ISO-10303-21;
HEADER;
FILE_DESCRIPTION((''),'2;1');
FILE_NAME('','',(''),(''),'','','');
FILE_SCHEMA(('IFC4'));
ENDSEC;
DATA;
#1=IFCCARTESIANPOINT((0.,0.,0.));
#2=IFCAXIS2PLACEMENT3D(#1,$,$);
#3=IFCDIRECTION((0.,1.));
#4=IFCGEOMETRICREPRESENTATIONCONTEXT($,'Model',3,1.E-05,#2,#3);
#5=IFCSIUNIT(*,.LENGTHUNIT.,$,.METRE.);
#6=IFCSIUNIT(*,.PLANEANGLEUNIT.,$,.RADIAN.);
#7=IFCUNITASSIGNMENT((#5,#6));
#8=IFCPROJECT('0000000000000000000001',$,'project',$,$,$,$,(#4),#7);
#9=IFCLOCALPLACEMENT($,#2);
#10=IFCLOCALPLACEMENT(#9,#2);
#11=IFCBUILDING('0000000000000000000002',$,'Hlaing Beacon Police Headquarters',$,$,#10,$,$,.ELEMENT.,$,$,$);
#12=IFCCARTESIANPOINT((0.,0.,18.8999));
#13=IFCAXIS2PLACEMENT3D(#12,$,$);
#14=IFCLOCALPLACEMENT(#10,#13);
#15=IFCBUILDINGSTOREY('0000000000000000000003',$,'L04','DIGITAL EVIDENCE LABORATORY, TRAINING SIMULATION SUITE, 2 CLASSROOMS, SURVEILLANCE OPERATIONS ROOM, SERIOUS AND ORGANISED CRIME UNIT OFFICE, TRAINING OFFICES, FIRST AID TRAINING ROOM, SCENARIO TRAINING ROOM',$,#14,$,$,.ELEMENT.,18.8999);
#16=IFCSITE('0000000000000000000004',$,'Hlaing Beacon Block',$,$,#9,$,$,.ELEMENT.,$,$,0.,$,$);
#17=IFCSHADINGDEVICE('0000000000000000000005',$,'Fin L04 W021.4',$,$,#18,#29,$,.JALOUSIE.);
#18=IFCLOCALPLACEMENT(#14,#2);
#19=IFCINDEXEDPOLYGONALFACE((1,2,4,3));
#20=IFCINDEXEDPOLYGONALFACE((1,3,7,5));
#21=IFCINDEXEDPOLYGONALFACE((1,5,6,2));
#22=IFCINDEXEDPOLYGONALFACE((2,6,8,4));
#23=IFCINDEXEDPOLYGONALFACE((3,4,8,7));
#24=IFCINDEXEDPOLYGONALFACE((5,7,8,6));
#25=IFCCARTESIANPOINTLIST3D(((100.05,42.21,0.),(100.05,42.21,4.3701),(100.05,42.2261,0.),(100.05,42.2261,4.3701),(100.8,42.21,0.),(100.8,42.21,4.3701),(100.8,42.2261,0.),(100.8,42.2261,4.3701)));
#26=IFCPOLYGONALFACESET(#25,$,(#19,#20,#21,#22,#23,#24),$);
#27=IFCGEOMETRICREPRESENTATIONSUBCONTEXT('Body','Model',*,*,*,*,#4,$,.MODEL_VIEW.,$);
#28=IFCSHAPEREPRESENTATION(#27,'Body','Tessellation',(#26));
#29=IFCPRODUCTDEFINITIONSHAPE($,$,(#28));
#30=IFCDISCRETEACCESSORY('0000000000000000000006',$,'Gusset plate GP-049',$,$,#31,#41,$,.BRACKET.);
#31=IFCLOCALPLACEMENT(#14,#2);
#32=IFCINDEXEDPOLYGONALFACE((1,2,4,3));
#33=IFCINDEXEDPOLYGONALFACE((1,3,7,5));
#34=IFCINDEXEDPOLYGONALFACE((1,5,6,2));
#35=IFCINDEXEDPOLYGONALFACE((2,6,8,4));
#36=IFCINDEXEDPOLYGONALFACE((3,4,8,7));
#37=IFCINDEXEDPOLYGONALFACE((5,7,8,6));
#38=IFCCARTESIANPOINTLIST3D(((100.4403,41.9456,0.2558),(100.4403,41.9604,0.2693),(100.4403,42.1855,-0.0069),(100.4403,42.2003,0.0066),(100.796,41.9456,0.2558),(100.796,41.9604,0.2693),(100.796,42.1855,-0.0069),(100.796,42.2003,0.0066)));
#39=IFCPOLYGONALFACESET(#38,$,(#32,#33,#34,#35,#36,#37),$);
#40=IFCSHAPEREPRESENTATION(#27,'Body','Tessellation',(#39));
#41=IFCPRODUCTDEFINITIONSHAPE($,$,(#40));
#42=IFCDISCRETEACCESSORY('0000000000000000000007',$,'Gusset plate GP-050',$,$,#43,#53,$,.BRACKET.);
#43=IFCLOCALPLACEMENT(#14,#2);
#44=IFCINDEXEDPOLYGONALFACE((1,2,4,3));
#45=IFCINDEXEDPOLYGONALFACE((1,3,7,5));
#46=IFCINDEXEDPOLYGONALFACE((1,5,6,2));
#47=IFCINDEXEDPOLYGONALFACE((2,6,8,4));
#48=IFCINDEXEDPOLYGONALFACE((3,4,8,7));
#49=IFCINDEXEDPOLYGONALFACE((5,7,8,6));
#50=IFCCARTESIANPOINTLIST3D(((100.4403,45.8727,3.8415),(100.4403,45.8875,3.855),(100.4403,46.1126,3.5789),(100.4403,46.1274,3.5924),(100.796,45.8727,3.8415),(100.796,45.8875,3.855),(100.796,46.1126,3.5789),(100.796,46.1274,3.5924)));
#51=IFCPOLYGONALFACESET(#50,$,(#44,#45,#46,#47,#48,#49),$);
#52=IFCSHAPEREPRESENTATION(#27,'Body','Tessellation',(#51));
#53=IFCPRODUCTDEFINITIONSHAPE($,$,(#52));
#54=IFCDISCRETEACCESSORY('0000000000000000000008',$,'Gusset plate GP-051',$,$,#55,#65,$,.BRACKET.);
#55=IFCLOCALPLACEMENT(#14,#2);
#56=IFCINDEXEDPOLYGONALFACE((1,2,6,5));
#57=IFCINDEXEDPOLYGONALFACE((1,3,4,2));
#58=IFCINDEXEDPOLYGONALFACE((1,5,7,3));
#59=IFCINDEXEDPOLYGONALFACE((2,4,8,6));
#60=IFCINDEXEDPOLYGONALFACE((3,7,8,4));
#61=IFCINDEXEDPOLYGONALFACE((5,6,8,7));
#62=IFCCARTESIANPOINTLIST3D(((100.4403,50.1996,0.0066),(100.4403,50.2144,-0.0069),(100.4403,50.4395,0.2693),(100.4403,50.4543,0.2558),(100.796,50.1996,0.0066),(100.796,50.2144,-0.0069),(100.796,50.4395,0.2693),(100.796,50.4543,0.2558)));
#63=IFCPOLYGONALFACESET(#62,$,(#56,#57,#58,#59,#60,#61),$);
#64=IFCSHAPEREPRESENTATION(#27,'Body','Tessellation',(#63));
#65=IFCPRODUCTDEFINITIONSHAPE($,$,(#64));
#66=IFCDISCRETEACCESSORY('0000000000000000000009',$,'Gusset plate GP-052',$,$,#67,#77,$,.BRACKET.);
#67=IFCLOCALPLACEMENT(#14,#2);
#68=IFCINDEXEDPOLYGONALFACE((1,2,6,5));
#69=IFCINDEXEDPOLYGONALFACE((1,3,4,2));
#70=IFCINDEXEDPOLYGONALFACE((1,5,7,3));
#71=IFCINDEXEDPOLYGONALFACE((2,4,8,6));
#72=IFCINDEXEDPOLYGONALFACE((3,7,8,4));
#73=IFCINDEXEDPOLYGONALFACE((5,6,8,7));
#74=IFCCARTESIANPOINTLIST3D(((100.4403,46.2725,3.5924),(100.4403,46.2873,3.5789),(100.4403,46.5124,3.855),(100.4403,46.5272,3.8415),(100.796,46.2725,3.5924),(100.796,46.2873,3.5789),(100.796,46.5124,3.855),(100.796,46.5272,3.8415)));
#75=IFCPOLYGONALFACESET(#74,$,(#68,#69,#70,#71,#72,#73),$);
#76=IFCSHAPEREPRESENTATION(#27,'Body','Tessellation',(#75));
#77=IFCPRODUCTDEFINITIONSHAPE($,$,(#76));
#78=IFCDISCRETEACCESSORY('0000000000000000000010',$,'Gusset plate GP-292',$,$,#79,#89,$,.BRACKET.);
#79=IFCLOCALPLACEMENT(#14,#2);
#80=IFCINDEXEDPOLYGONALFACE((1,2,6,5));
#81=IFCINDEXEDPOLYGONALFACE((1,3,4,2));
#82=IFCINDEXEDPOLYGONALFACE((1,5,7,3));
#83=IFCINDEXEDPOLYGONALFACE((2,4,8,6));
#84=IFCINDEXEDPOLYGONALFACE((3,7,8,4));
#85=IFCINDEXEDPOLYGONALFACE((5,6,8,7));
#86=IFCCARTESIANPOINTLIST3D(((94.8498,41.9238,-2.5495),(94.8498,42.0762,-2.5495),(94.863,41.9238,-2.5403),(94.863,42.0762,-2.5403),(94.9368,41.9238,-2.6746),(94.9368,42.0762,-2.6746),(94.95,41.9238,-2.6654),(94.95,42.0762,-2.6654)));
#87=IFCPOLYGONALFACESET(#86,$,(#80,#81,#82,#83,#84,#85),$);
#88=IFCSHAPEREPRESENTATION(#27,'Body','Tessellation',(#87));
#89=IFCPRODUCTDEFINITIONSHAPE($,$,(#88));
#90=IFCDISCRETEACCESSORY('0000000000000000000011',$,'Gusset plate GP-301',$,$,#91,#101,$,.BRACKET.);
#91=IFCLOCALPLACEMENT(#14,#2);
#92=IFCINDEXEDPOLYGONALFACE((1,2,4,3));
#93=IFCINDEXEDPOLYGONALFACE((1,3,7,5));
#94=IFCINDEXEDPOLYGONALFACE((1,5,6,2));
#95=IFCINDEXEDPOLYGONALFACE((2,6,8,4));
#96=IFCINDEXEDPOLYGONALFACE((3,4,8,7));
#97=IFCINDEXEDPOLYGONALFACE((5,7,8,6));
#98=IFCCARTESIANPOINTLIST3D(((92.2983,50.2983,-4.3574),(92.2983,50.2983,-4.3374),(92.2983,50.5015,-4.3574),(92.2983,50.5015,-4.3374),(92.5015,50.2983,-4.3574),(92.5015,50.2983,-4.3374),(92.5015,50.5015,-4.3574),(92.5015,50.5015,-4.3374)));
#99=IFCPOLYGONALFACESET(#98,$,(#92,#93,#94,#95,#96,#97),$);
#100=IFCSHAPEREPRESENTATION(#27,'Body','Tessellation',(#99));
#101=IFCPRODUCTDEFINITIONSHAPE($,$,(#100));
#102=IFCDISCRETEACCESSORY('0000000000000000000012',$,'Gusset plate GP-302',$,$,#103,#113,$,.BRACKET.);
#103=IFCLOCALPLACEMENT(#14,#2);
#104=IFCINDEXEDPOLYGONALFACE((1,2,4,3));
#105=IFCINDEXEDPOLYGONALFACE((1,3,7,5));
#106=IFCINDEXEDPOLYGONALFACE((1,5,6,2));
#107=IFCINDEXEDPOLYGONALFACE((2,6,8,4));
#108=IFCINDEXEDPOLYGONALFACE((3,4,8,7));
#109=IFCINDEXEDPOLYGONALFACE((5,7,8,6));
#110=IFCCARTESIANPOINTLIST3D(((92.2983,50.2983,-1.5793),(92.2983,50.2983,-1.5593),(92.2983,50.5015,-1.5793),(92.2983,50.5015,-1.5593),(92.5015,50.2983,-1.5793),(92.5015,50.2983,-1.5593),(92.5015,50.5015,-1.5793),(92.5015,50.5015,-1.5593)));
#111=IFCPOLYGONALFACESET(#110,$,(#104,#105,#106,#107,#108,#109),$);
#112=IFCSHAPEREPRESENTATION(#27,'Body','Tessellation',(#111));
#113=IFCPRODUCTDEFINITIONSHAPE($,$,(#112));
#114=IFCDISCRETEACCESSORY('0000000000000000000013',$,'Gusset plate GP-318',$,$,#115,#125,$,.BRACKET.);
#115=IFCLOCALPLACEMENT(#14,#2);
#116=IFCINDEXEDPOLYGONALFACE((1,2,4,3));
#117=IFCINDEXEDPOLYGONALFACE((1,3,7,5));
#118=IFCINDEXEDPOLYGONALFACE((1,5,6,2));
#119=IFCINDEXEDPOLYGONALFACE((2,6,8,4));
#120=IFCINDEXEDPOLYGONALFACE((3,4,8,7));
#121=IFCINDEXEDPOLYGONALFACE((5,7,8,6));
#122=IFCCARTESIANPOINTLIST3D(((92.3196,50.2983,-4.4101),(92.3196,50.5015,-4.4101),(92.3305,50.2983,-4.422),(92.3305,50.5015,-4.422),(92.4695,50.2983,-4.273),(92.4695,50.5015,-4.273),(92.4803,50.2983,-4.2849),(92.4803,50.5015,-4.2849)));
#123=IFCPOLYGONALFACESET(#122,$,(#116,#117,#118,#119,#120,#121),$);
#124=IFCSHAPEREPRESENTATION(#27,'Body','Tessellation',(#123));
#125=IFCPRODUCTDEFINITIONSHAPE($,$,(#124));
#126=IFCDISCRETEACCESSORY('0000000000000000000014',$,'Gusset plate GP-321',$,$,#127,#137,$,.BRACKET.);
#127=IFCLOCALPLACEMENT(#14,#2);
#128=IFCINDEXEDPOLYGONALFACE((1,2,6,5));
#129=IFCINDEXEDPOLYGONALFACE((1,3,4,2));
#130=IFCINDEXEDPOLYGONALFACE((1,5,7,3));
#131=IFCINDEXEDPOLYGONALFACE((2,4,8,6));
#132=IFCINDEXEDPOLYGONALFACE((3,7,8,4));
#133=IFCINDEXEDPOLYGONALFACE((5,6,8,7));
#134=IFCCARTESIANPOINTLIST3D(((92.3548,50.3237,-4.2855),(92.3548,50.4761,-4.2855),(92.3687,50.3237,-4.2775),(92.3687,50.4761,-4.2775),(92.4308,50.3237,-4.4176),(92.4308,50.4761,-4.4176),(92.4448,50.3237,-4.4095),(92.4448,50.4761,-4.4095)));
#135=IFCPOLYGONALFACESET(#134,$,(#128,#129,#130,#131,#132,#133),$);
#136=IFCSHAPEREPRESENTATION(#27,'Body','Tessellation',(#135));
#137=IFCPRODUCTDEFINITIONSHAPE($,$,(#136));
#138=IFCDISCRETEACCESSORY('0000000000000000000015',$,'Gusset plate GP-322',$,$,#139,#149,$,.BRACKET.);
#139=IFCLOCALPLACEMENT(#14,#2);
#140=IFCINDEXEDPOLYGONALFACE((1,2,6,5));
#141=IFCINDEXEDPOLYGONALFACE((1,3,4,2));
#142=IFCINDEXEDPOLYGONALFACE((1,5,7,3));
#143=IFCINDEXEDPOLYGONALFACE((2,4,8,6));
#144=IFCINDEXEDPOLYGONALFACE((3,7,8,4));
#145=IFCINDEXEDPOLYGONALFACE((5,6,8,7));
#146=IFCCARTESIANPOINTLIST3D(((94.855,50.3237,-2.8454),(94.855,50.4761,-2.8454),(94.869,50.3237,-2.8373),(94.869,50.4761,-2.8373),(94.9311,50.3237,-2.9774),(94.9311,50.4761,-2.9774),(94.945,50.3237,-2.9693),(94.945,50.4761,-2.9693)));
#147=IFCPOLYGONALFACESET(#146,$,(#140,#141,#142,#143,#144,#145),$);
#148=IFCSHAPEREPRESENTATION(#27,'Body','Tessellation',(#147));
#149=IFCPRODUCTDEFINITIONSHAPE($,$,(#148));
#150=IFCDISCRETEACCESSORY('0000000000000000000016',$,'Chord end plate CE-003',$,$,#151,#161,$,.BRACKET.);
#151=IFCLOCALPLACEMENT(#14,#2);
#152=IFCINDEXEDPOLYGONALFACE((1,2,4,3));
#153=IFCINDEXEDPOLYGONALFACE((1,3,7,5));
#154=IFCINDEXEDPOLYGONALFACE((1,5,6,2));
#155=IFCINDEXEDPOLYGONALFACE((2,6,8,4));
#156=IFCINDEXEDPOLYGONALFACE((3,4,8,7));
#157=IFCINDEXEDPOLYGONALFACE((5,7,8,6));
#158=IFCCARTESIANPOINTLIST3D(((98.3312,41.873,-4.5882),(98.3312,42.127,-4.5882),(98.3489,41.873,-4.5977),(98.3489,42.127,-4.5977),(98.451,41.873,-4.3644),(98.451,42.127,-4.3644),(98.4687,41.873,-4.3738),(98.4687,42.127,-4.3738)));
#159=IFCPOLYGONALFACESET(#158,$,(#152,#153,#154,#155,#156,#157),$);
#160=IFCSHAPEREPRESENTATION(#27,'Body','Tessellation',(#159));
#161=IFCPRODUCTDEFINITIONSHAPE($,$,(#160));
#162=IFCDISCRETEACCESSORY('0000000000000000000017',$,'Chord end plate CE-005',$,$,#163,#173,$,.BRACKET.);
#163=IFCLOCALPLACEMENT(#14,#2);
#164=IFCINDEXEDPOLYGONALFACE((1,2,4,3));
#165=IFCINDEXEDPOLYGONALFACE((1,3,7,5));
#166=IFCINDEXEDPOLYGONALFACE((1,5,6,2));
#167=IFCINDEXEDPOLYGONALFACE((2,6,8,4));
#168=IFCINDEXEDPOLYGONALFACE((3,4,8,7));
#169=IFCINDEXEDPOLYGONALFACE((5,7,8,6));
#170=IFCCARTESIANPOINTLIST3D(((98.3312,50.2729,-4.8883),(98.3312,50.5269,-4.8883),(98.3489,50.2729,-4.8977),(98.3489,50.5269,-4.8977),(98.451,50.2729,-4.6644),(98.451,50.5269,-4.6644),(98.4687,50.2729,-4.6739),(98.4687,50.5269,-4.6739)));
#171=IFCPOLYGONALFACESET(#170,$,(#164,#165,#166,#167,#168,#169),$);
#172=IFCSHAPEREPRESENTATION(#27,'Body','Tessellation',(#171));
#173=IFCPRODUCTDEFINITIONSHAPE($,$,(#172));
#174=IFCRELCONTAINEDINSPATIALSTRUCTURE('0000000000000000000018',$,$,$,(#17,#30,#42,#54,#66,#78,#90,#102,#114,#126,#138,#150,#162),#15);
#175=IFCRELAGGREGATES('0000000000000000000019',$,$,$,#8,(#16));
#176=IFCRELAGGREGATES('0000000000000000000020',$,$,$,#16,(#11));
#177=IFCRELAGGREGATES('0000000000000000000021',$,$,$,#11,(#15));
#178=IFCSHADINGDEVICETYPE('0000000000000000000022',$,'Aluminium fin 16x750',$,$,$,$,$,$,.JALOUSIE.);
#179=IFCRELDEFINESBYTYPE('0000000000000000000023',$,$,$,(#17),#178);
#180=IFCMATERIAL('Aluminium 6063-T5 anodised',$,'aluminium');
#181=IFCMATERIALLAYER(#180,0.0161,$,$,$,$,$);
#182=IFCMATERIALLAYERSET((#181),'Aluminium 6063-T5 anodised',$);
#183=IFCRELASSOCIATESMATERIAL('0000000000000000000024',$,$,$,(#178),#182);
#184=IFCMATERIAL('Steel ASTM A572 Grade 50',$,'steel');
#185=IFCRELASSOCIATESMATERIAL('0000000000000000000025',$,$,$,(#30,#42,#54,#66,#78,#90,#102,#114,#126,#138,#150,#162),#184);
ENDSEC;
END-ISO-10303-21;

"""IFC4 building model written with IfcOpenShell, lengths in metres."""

from ifc_helpers import new_model, si_unit, direction, frame, origin, origin_2d, place, context, subcontext, project, spatial, rectangle, extrude, material, layer, layer_set, type_object, element, save


model = new_model("IFC4")

# Units and contexts
model_context = context("Model", 3, precision=1e-05, world=origin(), true_north=direction((0.0, 1.0)))
body_context = subcontext(model_context, "Body", "Model", "MODEL_VIEW")
ifc_project = project(units=[si_unit("LENGTHUNIT", "METRE"), si_unit("PLANEANGLEUNIT", "RADIAN")], contexts=[model_context])

# Site, building, storey
site_placement = place(None, origin())
site = spatial("IfcSite", under=ifc_project, at=site_placement, Name="Hlaing Beacon Block", CompositionType="ELEMENT", RefElevation=0.0)
building_placement = place(site_placement, origin())
building = spatial("IfcBuilding", under=site, at=building_placement, Name="Hlaing Beacon Police Headquarters", CompositionType="ELEMENT")
storey_placement = place(building_placement, frame((0.0, 0.0, 18.8999)))
storey = spatial("IfcBuildingStorey", under=building, at=storey_placement, Name="L04", Description="DIGITAL EVIDENCE LABORATORY, TRAINING SIMULATION SUITE, 2 CLASSROOMS, SURVEILLANCE OPERATIONS ROOM, SERIOUS AND ORGANISED CRIME UNIT OFFICE, TRAINING OFFICES, FIRST AID TRAINING ROOM, SCENARIO TRAINING ROOM", CompositionType="ELEMENT", Elevation=18.8999)

# Shading device
ifc_material_1 = material(Name="Aluminium 6063-T5 anodised", Category="aluminium")
ifc_layer_1 = layer(ifc_material_1, 0.0161)
ifc_layer_set_1 = layer_set([ifc_layer_1], Name="Aluminium 6063-T5 anodised")
shading_device_type = type_object("IfcShadingDeviceType", Name="Aluminium fin 16x750", PredefinedType="JALOUSIE", material=ifc_layer_set_1)
for number, where, z_axis, x_axis, name in (
    (1, (100.425, 42.218, 0.0), (0.0, 0.0, 1.0), (0.0, -1.0, 0.0), "Fin L04 W021.4"),
):
    element("IfcShadingDevice", number, at=place(storey_placement, frame(where, z_axis=z_axis, x_axis=x_axis)), inside=storey, type_object=shading_device_type, Name=name, PredefinedType="JALOUSIE", context=body_context, shape_type="SweptSolid", body=[
        extrude(rectangle(XDim=0.0161, YDim=0.75, at=origin_2d()), origin(), (0.0, 0.0, 1.0), 4.3701),
    ])

# Discrete accessories
ifc_material_2 = material(Name="Steel ASTM A572 Grade 50", Category="steel")
for number, where, z_axis, x_axis, name in (
    (2, (100.6182, 42.0803, 0.1379), (0.0, -0.738447, -0.674312), (1.0, 0.0, 0.0), "Gusset plate GP-049"),
    (3, (100.6182, 45.9927, 3.7102), (0.0, 0.738447, 0.674312), (-1.0, 0.0, 0.0), "Gusset plate GP-050"),
    (4, (100.6182, 50.3196, 0.1379), (0.0, 0.738447, -0.674312), (-1.0, 0.0, 0.0), "Gusset plate GP-051"),
    (5, (100.6182, 46.4072, 3.7102), (0.0, -0.738447, 0.674312), (1.0, 0.0, 0.0), "Gusset plate GP-052"),
):
    element("IfcDiscreteAccessory", number, at=place(storey_placement, frame(where, z_axis=z_axis, x_axis=x_axis)), inside=storey, material=ifc_material_2, Name=name, PredefinedType="BRACKET", context=body_context, shape_type="SweptSolid", body=[
        extrude(rectangle(XDim=0.3557, YDim=0.3557, at=origin_2d()), origin(), (0.0, 0.0, 1.0), 0.02),
    ])
discrete_accessory_1_placement = place(storey_placement, frame((94.8933, 42.0, -2.6121), z_axis=(0.820773, 0.0, 0.571255), x_axis=(0.0, 1.0, 0.0)))
element("IfcDiscreteAccessory", 6, at=discrete_accessory_1_placement, inside=storey, material=ifc_material_2, Name="Gusset plate GP-292", PredefinedType="BRACKET", context=body_context, shape_type="SweptSolid", body=[
    extrude(rectangle(XDim=0.1523, YDim=0.1523, at=origin_2d()), origin(), (0.0, 0.0, 1.0), 0.0161),
])
for number, where, z_axis, x_axis, name in (
    (7, (92.3999, 50.3999, -4.3374), (0.0, 0.0, -1.0), (1.0, 0.0, 0.0), "Gusset plate GP-301"),
    (8, (92.3999, 50.3999, -1.5793), (0.0, 0.0, 1.0), (1.0, 0.0, 0.0), "Gusset plate GP-302"),
):
    element("IfcDiscreteAccessory", number, at=place(storey_placement, frame(where, z_axis=z_axis, x_axis=x_axis)), inside=storey, material=ifc_material_2, Name=name, PredefinedType="BRACKET", context=body_context, shape_type="SweptSolid", body=[
        extrude(rectangle(XDim=0.2031, YDim=0.2031, at=origin_2d()), origin(), (0.0, 0.0, 1.0), 0.02),
    ])
discrete_accessory_2_placement = place(storey_placement, frame((92.3945, 50.3999, -4.3416), z_axis=(0.675078, 0.0, -0.737747), x_axis=(0.0, 1.0, 0.0)))
element("IfcDiscreteAccessory", 9, at=discrete_accessory_2_placement, inside=storey, material=ifc_material_2, Name="Gusset plate GP-318", PredefinedType="BRACKET", context=body_context, shape_type="SweptSolid", body=[
    extrude(rectangle(XDim=0.2031, YDim=0.2031, at=origin_2d()), origin(), (0.0, 0.0, 1.0), 0.0161),
])
for number, where, z_axis, x_axis, name in (
    (10, (92.4067, 50.3999, -4.3435), (-0.86654, 0.0, -0.499107), (0.0, -1.0, 0.0), "Gusset plate GP-321"),
    (11, (94.8931, 50.3999, -2.9114), (0.86654, 0.0, 0.499107), (0.0, 1.0, 0.0), "Gusset plate GP-322"),
):
    element("IfcDiscreteAccessory", number, at=place(storey_placement, frame(where, z_axis=z_axis, x_axis=x_axis)), inside=storey, material=ifc_material_2, Name=name, PredefinedType="BRACKET", context=body_context, shape_type="SweptSolid", body=[
        extrude(rectangle(XDim=0.1523, YDim=0.1523, at=origin_2d()), origin(), (0.0, 0.0, 1.0), 0.0161),
    ])
for number, where, z_axis, x_axis, name in (
    (12, (98.3911, 42.0, -4.4763), (0.88164, 0.0, -0.471923), (0.0, 1.0, 0.0), "Chord end plate CE-003"),
    (13, (98.3911, 50.3999, -4.7764), (0.88164, 0.0, -0.471923), (0.0, 1.0, 0.0), "Chord end plate CE-005"),
):
    element("IfcDiscreteAccessory", number, at=place(storey_placement, frame(where, z_axis=z_axis, x_axis=x_axis)), inside=storey, material=ifc_material_2, Name=name, PredefinedType="BRACKET", context=body_context, shape_type="SweptSolid", body=[
        extrude(rectangle(XDim=0.2539, YDim=0.2539, at=origin_2d()), origin(), (0.0, 0.0, 1.0), 0.02),
    ])

save(model, "model.ifc")
